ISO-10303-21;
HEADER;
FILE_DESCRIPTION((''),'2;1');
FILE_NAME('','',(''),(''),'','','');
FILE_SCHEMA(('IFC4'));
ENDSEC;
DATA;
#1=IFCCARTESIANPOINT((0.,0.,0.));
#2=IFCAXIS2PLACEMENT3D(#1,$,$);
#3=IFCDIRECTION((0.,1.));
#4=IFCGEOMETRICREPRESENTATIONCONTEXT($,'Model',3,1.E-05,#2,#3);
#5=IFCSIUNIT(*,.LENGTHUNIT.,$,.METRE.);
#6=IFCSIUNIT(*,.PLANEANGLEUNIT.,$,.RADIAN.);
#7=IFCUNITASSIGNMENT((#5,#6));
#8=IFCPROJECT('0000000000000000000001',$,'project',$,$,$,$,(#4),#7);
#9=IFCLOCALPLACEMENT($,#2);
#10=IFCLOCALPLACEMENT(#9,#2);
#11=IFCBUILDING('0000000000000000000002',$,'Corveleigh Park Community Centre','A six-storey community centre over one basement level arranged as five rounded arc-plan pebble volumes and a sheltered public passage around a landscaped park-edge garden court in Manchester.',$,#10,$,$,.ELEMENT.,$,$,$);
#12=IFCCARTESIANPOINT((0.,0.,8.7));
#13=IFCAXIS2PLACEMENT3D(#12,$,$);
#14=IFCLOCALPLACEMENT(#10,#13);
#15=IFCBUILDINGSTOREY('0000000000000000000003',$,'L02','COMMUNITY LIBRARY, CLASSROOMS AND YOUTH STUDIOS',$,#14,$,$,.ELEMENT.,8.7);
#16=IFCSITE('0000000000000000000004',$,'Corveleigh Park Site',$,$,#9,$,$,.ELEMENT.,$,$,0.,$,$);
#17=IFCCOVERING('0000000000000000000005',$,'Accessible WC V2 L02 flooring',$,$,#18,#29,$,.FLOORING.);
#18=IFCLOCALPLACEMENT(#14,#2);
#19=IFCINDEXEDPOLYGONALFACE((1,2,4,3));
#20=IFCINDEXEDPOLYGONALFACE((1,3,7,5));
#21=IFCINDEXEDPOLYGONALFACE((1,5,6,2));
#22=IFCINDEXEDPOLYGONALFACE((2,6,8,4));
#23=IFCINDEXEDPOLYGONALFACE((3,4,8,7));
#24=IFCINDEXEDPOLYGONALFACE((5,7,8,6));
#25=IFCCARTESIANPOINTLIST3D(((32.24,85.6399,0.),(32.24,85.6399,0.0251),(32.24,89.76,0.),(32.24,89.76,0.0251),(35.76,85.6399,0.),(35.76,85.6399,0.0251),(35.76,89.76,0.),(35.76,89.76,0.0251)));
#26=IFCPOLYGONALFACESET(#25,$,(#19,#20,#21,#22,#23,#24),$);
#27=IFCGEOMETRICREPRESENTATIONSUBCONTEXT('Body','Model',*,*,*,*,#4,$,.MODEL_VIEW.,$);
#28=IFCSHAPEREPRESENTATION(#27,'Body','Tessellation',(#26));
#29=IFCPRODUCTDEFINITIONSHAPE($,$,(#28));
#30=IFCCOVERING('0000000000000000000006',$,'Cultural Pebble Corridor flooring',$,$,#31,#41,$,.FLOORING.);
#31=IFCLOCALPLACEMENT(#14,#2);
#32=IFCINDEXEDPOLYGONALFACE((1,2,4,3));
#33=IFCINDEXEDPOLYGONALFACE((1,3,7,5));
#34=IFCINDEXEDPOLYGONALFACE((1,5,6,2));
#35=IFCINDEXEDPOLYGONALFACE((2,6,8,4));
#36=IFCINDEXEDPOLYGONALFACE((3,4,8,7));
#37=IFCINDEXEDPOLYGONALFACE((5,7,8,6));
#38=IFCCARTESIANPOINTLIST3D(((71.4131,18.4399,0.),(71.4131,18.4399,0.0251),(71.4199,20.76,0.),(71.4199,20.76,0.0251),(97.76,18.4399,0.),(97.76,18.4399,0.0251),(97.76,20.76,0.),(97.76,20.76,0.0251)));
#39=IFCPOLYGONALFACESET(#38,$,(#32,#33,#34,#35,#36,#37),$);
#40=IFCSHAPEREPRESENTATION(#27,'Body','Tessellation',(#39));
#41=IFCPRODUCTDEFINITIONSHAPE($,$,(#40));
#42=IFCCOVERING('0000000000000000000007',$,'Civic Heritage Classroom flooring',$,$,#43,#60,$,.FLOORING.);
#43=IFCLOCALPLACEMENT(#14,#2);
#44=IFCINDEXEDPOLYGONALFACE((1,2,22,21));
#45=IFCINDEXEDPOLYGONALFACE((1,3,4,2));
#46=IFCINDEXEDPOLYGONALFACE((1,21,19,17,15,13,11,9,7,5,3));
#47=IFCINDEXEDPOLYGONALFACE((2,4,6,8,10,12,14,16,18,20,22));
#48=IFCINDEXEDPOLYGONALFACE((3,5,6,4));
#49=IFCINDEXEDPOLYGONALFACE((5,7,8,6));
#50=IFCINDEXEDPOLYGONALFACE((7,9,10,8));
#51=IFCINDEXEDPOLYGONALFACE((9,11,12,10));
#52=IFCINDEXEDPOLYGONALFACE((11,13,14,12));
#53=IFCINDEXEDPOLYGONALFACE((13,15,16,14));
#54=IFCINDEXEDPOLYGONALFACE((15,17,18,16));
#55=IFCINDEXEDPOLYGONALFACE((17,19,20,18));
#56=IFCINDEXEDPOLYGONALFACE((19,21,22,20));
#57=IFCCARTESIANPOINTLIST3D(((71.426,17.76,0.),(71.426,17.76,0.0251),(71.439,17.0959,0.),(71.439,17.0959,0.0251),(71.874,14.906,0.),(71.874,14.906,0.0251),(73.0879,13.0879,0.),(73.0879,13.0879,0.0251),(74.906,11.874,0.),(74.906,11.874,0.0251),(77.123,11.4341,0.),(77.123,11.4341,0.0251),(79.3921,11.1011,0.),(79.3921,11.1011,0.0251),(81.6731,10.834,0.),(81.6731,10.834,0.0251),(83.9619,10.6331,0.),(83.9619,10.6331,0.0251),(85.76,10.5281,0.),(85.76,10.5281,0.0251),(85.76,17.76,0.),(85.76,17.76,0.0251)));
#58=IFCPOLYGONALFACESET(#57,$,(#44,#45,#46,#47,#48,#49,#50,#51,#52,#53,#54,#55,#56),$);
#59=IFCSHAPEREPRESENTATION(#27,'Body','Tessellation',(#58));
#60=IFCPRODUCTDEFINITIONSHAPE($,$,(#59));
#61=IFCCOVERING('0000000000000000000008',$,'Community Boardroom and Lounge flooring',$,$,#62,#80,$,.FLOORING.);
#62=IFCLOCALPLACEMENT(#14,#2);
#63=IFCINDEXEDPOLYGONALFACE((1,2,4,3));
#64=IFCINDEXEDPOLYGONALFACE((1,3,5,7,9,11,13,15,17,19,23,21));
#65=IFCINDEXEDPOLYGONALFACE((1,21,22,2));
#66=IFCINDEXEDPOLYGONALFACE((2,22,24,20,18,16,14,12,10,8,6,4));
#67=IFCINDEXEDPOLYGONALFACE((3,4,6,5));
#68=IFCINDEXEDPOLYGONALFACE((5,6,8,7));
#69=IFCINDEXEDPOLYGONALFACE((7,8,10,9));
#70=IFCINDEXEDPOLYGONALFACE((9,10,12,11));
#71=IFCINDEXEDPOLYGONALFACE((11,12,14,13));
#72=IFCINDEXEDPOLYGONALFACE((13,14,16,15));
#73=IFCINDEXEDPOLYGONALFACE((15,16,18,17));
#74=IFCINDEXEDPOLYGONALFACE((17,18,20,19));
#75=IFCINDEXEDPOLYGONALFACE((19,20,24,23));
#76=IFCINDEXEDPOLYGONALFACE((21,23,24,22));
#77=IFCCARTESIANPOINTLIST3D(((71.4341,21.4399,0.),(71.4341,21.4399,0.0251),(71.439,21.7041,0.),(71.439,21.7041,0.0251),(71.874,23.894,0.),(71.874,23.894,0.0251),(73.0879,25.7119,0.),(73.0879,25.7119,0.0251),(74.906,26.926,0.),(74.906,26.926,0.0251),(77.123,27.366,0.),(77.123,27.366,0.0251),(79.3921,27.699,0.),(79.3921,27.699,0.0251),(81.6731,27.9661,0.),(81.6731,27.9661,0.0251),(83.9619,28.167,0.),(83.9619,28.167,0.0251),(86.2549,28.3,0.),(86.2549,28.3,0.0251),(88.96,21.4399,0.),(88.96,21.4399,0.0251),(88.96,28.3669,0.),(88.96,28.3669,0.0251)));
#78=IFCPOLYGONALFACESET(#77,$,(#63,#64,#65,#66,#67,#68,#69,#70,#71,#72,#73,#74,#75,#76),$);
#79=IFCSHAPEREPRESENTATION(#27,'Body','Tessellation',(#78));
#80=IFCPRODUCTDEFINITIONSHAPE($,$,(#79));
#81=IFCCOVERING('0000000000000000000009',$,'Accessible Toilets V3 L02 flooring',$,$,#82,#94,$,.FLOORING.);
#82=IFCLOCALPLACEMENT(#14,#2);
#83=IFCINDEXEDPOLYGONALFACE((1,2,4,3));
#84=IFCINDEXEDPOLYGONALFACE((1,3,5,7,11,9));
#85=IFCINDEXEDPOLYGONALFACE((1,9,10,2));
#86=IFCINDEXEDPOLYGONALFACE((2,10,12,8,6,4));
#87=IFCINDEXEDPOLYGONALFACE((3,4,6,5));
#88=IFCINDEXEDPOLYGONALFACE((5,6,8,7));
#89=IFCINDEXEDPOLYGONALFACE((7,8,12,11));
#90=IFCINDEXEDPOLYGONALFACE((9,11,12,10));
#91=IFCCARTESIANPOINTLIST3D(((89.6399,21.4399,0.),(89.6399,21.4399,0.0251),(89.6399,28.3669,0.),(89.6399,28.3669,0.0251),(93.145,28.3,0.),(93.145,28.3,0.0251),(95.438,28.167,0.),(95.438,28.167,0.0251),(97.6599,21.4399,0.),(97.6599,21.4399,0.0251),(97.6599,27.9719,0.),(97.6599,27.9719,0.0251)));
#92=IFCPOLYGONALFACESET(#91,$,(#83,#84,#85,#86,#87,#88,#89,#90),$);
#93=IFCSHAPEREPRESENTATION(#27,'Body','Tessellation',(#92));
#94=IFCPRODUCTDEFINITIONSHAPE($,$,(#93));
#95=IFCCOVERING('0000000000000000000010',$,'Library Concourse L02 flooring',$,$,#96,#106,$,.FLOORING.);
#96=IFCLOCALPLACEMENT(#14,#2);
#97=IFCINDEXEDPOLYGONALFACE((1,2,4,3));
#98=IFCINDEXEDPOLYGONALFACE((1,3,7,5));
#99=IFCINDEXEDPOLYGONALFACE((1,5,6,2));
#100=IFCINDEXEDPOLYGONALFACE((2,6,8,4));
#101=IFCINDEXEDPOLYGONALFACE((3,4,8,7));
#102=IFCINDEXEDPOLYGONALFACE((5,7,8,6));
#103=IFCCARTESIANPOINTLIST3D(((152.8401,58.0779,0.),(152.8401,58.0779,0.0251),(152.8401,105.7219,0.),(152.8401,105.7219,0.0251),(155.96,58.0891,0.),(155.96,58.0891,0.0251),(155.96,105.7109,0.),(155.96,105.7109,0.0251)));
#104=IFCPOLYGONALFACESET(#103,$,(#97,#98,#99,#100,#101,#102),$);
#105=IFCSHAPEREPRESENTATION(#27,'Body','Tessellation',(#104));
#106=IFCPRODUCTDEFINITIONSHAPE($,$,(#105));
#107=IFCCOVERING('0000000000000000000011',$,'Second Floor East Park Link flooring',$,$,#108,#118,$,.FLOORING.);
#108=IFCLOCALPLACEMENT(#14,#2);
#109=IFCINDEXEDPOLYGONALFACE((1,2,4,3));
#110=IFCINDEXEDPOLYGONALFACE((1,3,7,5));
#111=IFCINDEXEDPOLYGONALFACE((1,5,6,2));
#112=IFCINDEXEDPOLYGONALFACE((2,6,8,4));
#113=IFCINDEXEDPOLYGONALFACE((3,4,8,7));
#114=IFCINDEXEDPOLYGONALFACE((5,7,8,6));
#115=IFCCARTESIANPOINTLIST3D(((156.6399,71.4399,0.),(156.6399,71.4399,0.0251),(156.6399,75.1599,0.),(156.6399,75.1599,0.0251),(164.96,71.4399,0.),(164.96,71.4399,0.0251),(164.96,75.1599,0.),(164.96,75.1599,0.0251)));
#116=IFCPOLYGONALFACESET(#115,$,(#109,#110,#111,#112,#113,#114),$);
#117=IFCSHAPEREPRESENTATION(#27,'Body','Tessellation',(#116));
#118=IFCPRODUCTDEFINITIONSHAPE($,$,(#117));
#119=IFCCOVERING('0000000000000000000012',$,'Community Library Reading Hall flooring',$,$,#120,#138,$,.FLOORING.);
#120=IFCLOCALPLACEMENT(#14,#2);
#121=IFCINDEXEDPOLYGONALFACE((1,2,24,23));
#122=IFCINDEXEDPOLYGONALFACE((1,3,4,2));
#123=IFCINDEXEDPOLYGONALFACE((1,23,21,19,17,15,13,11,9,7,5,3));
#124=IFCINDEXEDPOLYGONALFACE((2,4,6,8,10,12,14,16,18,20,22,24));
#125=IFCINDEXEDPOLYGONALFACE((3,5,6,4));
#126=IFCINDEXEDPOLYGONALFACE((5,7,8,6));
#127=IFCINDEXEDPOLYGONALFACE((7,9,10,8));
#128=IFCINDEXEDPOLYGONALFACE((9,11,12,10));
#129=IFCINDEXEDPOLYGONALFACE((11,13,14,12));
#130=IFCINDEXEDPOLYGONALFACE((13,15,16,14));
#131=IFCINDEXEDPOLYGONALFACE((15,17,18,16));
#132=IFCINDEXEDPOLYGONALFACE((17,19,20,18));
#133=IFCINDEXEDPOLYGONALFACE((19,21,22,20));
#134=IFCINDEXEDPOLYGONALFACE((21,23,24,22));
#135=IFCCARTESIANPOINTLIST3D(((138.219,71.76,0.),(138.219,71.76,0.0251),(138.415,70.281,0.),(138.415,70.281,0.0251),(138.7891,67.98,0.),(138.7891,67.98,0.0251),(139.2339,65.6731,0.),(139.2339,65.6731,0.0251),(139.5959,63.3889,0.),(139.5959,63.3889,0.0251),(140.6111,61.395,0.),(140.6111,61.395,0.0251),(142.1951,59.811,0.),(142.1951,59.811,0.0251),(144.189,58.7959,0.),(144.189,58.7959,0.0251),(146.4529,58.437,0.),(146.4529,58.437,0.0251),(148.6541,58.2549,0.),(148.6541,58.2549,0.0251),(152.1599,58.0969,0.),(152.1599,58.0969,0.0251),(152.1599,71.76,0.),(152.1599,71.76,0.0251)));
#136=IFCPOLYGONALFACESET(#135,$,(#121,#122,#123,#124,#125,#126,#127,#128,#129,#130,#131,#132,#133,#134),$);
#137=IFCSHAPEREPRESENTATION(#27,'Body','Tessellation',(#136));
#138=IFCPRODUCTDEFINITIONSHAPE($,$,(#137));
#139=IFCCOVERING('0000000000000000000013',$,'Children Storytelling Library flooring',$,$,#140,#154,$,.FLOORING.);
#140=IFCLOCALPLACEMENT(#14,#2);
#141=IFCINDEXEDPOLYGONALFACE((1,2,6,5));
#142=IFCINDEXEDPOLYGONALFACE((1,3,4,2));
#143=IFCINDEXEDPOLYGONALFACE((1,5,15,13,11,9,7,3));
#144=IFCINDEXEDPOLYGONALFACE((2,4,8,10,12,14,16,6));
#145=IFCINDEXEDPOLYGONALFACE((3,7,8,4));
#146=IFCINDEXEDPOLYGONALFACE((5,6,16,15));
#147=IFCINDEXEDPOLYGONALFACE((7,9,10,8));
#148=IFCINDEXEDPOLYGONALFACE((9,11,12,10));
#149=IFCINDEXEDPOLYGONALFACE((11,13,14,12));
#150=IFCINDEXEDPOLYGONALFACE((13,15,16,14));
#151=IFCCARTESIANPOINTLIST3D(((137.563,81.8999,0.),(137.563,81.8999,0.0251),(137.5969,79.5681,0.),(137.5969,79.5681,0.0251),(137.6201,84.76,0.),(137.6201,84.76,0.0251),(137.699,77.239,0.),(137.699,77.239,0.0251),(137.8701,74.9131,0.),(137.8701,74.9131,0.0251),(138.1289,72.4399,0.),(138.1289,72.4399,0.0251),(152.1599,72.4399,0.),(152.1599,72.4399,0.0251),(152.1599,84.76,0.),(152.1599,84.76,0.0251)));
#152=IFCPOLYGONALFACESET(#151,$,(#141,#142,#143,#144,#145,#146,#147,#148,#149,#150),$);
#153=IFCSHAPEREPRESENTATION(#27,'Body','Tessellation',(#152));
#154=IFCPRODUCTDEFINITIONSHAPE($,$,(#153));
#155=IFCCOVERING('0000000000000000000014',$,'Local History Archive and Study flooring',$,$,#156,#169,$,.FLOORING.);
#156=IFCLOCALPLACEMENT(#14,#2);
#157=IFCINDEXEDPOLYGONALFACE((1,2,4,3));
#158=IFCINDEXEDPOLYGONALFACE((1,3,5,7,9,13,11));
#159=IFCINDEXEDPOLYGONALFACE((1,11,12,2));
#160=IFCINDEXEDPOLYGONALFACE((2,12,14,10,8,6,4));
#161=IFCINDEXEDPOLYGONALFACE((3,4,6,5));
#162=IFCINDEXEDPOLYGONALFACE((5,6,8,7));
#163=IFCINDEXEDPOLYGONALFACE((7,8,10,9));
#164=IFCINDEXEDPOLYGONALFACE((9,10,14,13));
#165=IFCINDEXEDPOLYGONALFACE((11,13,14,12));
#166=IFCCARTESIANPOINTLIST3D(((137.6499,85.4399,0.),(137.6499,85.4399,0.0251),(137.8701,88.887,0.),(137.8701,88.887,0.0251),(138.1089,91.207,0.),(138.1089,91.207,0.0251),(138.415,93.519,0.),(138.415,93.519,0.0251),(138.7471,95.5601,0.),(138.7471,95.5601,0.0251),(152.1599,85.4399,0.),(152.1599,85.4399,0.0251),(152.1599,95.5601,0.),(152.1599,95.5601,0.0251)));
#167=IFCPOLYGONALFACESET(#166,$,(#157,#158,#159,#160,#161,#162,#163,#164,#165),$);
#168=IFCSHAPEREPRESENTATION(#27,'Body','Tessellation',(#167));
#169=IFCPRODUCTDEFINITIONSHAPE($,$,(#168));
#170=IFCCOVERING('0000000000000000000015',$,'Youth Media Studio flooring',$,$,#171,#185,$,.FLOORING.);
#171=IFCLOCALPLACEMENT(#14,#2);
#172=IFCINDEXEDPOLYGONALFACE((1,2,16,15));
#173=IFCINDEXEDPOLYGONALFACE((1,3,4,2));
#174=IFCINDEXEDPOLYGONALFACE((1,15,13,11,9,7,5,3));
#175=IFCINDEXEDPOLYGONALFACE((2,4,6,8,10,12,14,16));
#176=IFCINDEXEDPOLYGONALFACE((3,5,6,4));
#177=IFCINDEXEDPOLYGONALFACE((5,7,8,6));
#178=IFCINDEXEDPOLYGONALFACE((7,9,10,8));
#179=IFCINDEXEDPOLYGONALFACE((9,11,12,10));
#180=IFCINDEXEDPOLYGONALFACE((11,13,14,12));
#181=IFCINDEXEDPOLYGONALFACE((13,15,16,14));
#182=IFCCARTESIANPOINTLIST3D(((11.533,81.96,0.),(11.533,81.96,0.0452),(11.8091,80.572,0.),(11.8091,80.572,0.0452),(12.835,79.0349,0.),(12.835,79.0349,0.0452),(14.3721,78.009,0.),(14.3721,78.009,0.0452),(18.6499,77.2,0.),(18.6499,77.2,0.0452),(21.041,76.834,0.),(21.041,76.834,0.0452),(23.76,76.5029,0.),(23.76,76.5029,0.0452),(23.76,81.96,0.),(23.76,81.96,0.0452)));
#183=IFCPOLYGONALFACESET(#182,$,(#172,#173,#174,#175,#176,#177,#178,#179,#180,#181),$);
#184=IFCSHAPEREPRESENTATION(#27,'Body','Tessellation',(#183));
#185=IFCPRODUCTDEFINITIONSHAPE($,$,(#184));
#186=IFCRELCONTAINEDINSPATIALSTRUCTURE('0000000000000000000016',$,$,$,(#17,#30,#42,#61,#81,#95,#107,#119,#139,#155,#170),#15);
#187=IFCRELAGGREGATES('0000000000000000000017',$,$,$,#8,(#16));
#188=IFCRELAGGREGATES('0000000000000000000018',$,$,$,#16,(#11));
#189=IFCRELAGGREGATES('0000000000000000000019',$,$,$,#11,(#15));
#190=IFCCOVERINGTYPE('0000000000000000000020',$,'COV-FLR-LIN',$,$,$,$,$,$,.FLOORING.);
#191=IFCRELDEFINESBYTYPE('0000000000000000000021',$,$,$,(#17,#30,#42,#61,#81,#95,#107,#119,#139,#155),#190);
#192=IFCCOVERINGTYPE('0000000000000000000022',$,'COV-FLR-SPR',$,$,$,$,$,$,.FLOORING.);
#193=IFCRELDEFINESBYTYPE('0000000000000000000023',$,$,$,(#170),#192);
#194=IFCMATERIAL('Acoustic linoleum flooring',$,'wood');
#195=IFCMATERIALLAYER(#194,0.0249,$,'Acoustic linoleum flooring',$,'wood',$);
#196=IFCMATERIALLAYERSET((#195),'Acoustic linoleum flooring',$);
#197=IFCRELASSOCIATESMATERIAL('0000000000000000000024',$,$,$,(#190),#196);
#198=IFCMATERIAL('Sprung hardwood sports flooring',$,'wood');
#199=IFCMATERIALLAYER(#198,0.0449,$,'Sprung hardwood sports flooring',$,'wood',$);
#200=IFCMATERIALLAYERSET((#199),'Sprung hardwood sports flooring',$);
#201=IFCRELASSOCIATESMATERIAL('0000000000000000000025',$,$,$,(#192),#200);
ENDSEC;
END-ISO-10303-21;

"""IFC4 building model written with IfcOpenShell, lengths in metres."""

from ifc_helpers import new_model, si_unit, direction, frame, origin, place, context, subcontext, project, spatial, polyline, outline, extrude, material, layer, layer_set, type_object, element, save


model = new_model("IFC4")

# Units and contexts
model_context = context("Model", 3, precision=1e-05, world=origin(), true_north=direction((0.0, 1.0)))
body_context = subcontext(model_context, "Body", "Model", "MODEL_VIEW")
ifc_project = project(units=[si_unit("LENGTHUNIT", "METRE"), si_unit("PLANEANGLEUNIT", "RADIAN")], contexts=[model_context])

# Site, building, storey
site_placement = place(None, origin())
site = spatial("IfcSite", under=ifc_project, at=site_placement, Name="Corveleigh Park Site", CompositionType="ELEMENT", RefElevation=0.0)
building_placement = place(site_placement, origin())
building = spatial("IfcBuilding", under=site, at=building_placement, Name="Corveleigh Park Community Centre", Description="A six-storey community centre over one basement level arranged as five rounded arc-plan pebble volumes and a sheltered public passage around a landscaped park-edge garden court in Manchester.", CompositionType="ELEMENT")
storey_placement = place(building_placement, frame((0.0, 0.0, 8.7)))
storey = spatial("IfcBuildingStorey", under=building, at=storey_placement, Name="L02", Description="COMMUNITY LIBRARY, CLASSROOMS AND YOUTH STUDIOS", CompositionType="ELEMENT", Elevation=8.7)

# Coverings
ifc_material_1 = material(Name="Acoustic linoleum flooring", Category="wood")
ifc_layer_1 = layer(ifc_material_1, 0.0249, Name="Acoustic linoleum flooring", Category="wood")
ifc_layer_set_1 = layer_set([ifc_layer_1], Name="Acoustic linoleum flooring")
covering_type_1 = type_object("IfcCoveringType", Name="COV-FLR-LIN", PredefinedType="FLOORING", material=ifc_layer_set_1)
covering_1_placement = place(storey_placement, origin())
element("IfcCovering", 1, at=covering_1_placement, inside=storey, type_object=covering_type_1, Name="Accessible WC V2 L02 flooring", PredefinedType="FLOORING", context=body_context, shape_type="SweptSolid", body=[
    extrude(outline(polyline([(35.76, 85.6399), (32.24, 85.6399), (32.24, 89.76), (35.76, 89.76), (35.76, 85.6399)])), origin(), (0.0, 0.0, 1.0), 0.0251),
])
covering_2_placement = place(storey_placement, origin())
element("IfcCovering", 2, at=covering_2_placement, inside=storey, type_object=covering_type_1, Name="Cultural Pebble Corridor flooring", PredefinedType="FLOORING", context=body_context, shape_type="SweptSolid", body=[
    extrude(outline(polyline([(71.4131, 18.4399), (71.4199, 20.76), (97.76, 20.76), (97.76, 18.4399), (71.4131, 18.4399)])), origin(), (0.0, 0.0, 1.0), 0.0251),
])
covering_3_placement = place(storey_placement, origin())
element("IfcCovering", 3, at=covering_3_placement, inside=storey, type_object=covering_type_1, Name="Civic Heritage Classroom flooring", PredefinedType="FLOORING", context=body_context, shape_type="SweptSolid", body=[
    extrude(outline(polyline([(81.6731, 10.834), (79.3921, 11.1011), (77.123, 11.4341), (74.906, 11.874), (73.0879, 13.0879), (71.874, 14.906), (71.439, 17.0959), (71.426, 17.76), (85.76, 17.76), (85.76, 10.5281), (83.9619, 10.6331), (81.6731, 10.834)])), origin(), (0.0, 0.0, 1.0), 0.0251),
])
covering_4_placement = place(storey_placement, origin())
element("IfcCovering", 4, at=covering_4_placement, inside=storey, type_object=covering_type_1, Name="Community Boardroom and Lounge flooring", PredefinedType="FLOORING", context=body_context, shape_type="SweptSolid", body=[
    extrude(outline(polyline([(71.4341, 21.4399), (71.439, 21.7041), (71.874, 23.894), (73.0879, 25.7119), (74.906, 26.926), (77.123, 27.366), (79.3921, 27.699), (81.6731, 27.9661), (83.9619, 28.167), (86.2549, 28.3), (88.96, 28.3669), (88.96, 21.4399), (71.4341, 21.4399)])), origin(), (0.0, 0.0, 1.0), 0.0251),
])
covering_5_placement = place(storey_placement, origin())
element("IfcCovering", 5, at=covering_5_placement, inside=storey, type_object=covering_type_1, Name="Accessible Toilets V3 L02 flooring", PredefinedType="FLOORING", context=body_context, shape_type="SweptSolid", body=[
    extrude(outline(polyline([(97.6599, 21.4399), (89.6399, 21.4399), (89.6399, 28.3669), (93.145, 28.3), (95.438, 28.167), (97.6599, 27.9719), (97.6599, 21.4399)])), origin(), (0.0, 0.0, 1.0), 0.0251),
])
covering_6_placement = place(storey_placement, origin())
element("IfcCovering", 6, at=covering_6_placement, inside=storey, type_object=covering_type_1, Name="Library Concourse L02 flooring", PredefinedType="FLOORING", context=body_context, shape_type="SweptSolid", body=[
    extrude(outline(polyline([(152.8401, 105.7219), (155.96, 105.7109), (155.96, 58.0891), (152.8401, 58.0779), (152.8401, 105.7219)])), origin(), (0.0, 0.0, 1.0), 0.0251),
])
covering_7_placement = place(storey_placement, origin())
element("IfcCovering", 7, at=covering_7_placement, inside=storey, type_object=covering_type_1, Name="Second Floor East Park Link flooring", PredefinedType="FLOORING", context=body_context, shape_type="SweptSolid", body=[
    extrude(outline(polyline([(164.96, 71.4399), (156.6399, 71.4399), (156.6399, 75.1599), (164.96, 75.1599), (164.96, 71.4399)])), origin(), (0.0, 0.0, 1.0), 0.0251),
])
covering_8_placement = place(storey_placement, origin())
element("IfcCovering", 8, at=covering_8_placement, inside=storey, type_object=covering_type_1, Name="Community Library Reading Hall flooring", PredefinedType="FLOORING", context=body_context, shape_type="SweptSolid", body=[
    extrude(outline(polyline([(138.415, 70.281), (138.219, 71.76), (152.1599, 71.76), (152.1599, 58.0969), (148.6541, 58.2549), (146.4529, 58.437), (144.189, 58.7959), (142.1951, 59.811), (140.6111, 61.395), (139.5959, 63.3889), (139.2339, 65.6731), (138.7891, 67.98), (138.415, 70.281)])), origin(), (0.0, 0.0, 1.0), 0.0251),
])
covering_9_placement = place(storey_placement, origin())
element("IfcCovering", 9, at=covering_9_placement, inside=storey, type_object=covering_type_1, Name="Children Storytelling Library flooring", PredefinedType="FLOORING", context=body_context, shape_type="SweptSolid", body=[
    extrude(outline(polyline([(137.8701, 74.9131), (137.699, 77.239), (137.5969, 79.5681), (137.563, 81.8999), (137.6201, 84.76), (152.1599, 84.76), (152.1599, 72.4399), (138.1289, 72.4399), (137.8701, 74.9131)])), origin(), (0.0, 0.0, 1.0), 0.0251),
])
covering_10_placement = place(storey_placement, origin())
element("IfcCovering", 10, at=covering_10_placement, inside=storey, type_object=covering_type_1, Name="Local History Archive and Study flooring", PredefinedType="FLOORING", context=body_context, shape_type="SweptSolid", body=[
    extrude(outline(polyline([(138.415, 93.519), (138.7471, 95.5601), (152.1599, 95.5601), (152.1599, 85.4399), (137.6499, 85.4399), (137.8701, 88.887), (138.1089, 91.207), (138.415, 93.519)])), origin(), (0.0, 0.0, 1.0), 0.0251),
])
ifc_material_2 = material(Name="Sprung hardwood sports flooring", Category="wood")
ifc_layer_2 = layer(ifc_material_2, 0.0449, Name="Sprung hardwood sports flooring", Category="wood")
ifc_layer_set_2 = layer_set([ifc_layer_2], Name="Sprung hardwood sports flooring")
covering_type_2 = type_object("IfcCoveringType", Name="COV-FLR-SPR", PredefinedType="FLOORING", material=ifc_layer_set_2)
covering_11_placement = place(storey_placement, origin())
element("IfcCovering", 11, at=covering_11_placement, inside=storey, type_object=covering_type_2, Name="Youth Media Studio flooring", PredefinedType="FLOORING", context=body_context, shape_type="SweptSolid", body=[
    extrude(outline(polyline([(18.6499, 77.2), (14.3721, 78.009), (12.835, 79.0349), (11.8091, 80.572), (11.533, 81.96), (23.76, 81.96), (23.76, 76.5029), (21.041, 76.834), (18.6499, 77.2)])), origin(), (0.0, 0.0, 1.0), 0.0452),
])

save(model, "model.ifc")
